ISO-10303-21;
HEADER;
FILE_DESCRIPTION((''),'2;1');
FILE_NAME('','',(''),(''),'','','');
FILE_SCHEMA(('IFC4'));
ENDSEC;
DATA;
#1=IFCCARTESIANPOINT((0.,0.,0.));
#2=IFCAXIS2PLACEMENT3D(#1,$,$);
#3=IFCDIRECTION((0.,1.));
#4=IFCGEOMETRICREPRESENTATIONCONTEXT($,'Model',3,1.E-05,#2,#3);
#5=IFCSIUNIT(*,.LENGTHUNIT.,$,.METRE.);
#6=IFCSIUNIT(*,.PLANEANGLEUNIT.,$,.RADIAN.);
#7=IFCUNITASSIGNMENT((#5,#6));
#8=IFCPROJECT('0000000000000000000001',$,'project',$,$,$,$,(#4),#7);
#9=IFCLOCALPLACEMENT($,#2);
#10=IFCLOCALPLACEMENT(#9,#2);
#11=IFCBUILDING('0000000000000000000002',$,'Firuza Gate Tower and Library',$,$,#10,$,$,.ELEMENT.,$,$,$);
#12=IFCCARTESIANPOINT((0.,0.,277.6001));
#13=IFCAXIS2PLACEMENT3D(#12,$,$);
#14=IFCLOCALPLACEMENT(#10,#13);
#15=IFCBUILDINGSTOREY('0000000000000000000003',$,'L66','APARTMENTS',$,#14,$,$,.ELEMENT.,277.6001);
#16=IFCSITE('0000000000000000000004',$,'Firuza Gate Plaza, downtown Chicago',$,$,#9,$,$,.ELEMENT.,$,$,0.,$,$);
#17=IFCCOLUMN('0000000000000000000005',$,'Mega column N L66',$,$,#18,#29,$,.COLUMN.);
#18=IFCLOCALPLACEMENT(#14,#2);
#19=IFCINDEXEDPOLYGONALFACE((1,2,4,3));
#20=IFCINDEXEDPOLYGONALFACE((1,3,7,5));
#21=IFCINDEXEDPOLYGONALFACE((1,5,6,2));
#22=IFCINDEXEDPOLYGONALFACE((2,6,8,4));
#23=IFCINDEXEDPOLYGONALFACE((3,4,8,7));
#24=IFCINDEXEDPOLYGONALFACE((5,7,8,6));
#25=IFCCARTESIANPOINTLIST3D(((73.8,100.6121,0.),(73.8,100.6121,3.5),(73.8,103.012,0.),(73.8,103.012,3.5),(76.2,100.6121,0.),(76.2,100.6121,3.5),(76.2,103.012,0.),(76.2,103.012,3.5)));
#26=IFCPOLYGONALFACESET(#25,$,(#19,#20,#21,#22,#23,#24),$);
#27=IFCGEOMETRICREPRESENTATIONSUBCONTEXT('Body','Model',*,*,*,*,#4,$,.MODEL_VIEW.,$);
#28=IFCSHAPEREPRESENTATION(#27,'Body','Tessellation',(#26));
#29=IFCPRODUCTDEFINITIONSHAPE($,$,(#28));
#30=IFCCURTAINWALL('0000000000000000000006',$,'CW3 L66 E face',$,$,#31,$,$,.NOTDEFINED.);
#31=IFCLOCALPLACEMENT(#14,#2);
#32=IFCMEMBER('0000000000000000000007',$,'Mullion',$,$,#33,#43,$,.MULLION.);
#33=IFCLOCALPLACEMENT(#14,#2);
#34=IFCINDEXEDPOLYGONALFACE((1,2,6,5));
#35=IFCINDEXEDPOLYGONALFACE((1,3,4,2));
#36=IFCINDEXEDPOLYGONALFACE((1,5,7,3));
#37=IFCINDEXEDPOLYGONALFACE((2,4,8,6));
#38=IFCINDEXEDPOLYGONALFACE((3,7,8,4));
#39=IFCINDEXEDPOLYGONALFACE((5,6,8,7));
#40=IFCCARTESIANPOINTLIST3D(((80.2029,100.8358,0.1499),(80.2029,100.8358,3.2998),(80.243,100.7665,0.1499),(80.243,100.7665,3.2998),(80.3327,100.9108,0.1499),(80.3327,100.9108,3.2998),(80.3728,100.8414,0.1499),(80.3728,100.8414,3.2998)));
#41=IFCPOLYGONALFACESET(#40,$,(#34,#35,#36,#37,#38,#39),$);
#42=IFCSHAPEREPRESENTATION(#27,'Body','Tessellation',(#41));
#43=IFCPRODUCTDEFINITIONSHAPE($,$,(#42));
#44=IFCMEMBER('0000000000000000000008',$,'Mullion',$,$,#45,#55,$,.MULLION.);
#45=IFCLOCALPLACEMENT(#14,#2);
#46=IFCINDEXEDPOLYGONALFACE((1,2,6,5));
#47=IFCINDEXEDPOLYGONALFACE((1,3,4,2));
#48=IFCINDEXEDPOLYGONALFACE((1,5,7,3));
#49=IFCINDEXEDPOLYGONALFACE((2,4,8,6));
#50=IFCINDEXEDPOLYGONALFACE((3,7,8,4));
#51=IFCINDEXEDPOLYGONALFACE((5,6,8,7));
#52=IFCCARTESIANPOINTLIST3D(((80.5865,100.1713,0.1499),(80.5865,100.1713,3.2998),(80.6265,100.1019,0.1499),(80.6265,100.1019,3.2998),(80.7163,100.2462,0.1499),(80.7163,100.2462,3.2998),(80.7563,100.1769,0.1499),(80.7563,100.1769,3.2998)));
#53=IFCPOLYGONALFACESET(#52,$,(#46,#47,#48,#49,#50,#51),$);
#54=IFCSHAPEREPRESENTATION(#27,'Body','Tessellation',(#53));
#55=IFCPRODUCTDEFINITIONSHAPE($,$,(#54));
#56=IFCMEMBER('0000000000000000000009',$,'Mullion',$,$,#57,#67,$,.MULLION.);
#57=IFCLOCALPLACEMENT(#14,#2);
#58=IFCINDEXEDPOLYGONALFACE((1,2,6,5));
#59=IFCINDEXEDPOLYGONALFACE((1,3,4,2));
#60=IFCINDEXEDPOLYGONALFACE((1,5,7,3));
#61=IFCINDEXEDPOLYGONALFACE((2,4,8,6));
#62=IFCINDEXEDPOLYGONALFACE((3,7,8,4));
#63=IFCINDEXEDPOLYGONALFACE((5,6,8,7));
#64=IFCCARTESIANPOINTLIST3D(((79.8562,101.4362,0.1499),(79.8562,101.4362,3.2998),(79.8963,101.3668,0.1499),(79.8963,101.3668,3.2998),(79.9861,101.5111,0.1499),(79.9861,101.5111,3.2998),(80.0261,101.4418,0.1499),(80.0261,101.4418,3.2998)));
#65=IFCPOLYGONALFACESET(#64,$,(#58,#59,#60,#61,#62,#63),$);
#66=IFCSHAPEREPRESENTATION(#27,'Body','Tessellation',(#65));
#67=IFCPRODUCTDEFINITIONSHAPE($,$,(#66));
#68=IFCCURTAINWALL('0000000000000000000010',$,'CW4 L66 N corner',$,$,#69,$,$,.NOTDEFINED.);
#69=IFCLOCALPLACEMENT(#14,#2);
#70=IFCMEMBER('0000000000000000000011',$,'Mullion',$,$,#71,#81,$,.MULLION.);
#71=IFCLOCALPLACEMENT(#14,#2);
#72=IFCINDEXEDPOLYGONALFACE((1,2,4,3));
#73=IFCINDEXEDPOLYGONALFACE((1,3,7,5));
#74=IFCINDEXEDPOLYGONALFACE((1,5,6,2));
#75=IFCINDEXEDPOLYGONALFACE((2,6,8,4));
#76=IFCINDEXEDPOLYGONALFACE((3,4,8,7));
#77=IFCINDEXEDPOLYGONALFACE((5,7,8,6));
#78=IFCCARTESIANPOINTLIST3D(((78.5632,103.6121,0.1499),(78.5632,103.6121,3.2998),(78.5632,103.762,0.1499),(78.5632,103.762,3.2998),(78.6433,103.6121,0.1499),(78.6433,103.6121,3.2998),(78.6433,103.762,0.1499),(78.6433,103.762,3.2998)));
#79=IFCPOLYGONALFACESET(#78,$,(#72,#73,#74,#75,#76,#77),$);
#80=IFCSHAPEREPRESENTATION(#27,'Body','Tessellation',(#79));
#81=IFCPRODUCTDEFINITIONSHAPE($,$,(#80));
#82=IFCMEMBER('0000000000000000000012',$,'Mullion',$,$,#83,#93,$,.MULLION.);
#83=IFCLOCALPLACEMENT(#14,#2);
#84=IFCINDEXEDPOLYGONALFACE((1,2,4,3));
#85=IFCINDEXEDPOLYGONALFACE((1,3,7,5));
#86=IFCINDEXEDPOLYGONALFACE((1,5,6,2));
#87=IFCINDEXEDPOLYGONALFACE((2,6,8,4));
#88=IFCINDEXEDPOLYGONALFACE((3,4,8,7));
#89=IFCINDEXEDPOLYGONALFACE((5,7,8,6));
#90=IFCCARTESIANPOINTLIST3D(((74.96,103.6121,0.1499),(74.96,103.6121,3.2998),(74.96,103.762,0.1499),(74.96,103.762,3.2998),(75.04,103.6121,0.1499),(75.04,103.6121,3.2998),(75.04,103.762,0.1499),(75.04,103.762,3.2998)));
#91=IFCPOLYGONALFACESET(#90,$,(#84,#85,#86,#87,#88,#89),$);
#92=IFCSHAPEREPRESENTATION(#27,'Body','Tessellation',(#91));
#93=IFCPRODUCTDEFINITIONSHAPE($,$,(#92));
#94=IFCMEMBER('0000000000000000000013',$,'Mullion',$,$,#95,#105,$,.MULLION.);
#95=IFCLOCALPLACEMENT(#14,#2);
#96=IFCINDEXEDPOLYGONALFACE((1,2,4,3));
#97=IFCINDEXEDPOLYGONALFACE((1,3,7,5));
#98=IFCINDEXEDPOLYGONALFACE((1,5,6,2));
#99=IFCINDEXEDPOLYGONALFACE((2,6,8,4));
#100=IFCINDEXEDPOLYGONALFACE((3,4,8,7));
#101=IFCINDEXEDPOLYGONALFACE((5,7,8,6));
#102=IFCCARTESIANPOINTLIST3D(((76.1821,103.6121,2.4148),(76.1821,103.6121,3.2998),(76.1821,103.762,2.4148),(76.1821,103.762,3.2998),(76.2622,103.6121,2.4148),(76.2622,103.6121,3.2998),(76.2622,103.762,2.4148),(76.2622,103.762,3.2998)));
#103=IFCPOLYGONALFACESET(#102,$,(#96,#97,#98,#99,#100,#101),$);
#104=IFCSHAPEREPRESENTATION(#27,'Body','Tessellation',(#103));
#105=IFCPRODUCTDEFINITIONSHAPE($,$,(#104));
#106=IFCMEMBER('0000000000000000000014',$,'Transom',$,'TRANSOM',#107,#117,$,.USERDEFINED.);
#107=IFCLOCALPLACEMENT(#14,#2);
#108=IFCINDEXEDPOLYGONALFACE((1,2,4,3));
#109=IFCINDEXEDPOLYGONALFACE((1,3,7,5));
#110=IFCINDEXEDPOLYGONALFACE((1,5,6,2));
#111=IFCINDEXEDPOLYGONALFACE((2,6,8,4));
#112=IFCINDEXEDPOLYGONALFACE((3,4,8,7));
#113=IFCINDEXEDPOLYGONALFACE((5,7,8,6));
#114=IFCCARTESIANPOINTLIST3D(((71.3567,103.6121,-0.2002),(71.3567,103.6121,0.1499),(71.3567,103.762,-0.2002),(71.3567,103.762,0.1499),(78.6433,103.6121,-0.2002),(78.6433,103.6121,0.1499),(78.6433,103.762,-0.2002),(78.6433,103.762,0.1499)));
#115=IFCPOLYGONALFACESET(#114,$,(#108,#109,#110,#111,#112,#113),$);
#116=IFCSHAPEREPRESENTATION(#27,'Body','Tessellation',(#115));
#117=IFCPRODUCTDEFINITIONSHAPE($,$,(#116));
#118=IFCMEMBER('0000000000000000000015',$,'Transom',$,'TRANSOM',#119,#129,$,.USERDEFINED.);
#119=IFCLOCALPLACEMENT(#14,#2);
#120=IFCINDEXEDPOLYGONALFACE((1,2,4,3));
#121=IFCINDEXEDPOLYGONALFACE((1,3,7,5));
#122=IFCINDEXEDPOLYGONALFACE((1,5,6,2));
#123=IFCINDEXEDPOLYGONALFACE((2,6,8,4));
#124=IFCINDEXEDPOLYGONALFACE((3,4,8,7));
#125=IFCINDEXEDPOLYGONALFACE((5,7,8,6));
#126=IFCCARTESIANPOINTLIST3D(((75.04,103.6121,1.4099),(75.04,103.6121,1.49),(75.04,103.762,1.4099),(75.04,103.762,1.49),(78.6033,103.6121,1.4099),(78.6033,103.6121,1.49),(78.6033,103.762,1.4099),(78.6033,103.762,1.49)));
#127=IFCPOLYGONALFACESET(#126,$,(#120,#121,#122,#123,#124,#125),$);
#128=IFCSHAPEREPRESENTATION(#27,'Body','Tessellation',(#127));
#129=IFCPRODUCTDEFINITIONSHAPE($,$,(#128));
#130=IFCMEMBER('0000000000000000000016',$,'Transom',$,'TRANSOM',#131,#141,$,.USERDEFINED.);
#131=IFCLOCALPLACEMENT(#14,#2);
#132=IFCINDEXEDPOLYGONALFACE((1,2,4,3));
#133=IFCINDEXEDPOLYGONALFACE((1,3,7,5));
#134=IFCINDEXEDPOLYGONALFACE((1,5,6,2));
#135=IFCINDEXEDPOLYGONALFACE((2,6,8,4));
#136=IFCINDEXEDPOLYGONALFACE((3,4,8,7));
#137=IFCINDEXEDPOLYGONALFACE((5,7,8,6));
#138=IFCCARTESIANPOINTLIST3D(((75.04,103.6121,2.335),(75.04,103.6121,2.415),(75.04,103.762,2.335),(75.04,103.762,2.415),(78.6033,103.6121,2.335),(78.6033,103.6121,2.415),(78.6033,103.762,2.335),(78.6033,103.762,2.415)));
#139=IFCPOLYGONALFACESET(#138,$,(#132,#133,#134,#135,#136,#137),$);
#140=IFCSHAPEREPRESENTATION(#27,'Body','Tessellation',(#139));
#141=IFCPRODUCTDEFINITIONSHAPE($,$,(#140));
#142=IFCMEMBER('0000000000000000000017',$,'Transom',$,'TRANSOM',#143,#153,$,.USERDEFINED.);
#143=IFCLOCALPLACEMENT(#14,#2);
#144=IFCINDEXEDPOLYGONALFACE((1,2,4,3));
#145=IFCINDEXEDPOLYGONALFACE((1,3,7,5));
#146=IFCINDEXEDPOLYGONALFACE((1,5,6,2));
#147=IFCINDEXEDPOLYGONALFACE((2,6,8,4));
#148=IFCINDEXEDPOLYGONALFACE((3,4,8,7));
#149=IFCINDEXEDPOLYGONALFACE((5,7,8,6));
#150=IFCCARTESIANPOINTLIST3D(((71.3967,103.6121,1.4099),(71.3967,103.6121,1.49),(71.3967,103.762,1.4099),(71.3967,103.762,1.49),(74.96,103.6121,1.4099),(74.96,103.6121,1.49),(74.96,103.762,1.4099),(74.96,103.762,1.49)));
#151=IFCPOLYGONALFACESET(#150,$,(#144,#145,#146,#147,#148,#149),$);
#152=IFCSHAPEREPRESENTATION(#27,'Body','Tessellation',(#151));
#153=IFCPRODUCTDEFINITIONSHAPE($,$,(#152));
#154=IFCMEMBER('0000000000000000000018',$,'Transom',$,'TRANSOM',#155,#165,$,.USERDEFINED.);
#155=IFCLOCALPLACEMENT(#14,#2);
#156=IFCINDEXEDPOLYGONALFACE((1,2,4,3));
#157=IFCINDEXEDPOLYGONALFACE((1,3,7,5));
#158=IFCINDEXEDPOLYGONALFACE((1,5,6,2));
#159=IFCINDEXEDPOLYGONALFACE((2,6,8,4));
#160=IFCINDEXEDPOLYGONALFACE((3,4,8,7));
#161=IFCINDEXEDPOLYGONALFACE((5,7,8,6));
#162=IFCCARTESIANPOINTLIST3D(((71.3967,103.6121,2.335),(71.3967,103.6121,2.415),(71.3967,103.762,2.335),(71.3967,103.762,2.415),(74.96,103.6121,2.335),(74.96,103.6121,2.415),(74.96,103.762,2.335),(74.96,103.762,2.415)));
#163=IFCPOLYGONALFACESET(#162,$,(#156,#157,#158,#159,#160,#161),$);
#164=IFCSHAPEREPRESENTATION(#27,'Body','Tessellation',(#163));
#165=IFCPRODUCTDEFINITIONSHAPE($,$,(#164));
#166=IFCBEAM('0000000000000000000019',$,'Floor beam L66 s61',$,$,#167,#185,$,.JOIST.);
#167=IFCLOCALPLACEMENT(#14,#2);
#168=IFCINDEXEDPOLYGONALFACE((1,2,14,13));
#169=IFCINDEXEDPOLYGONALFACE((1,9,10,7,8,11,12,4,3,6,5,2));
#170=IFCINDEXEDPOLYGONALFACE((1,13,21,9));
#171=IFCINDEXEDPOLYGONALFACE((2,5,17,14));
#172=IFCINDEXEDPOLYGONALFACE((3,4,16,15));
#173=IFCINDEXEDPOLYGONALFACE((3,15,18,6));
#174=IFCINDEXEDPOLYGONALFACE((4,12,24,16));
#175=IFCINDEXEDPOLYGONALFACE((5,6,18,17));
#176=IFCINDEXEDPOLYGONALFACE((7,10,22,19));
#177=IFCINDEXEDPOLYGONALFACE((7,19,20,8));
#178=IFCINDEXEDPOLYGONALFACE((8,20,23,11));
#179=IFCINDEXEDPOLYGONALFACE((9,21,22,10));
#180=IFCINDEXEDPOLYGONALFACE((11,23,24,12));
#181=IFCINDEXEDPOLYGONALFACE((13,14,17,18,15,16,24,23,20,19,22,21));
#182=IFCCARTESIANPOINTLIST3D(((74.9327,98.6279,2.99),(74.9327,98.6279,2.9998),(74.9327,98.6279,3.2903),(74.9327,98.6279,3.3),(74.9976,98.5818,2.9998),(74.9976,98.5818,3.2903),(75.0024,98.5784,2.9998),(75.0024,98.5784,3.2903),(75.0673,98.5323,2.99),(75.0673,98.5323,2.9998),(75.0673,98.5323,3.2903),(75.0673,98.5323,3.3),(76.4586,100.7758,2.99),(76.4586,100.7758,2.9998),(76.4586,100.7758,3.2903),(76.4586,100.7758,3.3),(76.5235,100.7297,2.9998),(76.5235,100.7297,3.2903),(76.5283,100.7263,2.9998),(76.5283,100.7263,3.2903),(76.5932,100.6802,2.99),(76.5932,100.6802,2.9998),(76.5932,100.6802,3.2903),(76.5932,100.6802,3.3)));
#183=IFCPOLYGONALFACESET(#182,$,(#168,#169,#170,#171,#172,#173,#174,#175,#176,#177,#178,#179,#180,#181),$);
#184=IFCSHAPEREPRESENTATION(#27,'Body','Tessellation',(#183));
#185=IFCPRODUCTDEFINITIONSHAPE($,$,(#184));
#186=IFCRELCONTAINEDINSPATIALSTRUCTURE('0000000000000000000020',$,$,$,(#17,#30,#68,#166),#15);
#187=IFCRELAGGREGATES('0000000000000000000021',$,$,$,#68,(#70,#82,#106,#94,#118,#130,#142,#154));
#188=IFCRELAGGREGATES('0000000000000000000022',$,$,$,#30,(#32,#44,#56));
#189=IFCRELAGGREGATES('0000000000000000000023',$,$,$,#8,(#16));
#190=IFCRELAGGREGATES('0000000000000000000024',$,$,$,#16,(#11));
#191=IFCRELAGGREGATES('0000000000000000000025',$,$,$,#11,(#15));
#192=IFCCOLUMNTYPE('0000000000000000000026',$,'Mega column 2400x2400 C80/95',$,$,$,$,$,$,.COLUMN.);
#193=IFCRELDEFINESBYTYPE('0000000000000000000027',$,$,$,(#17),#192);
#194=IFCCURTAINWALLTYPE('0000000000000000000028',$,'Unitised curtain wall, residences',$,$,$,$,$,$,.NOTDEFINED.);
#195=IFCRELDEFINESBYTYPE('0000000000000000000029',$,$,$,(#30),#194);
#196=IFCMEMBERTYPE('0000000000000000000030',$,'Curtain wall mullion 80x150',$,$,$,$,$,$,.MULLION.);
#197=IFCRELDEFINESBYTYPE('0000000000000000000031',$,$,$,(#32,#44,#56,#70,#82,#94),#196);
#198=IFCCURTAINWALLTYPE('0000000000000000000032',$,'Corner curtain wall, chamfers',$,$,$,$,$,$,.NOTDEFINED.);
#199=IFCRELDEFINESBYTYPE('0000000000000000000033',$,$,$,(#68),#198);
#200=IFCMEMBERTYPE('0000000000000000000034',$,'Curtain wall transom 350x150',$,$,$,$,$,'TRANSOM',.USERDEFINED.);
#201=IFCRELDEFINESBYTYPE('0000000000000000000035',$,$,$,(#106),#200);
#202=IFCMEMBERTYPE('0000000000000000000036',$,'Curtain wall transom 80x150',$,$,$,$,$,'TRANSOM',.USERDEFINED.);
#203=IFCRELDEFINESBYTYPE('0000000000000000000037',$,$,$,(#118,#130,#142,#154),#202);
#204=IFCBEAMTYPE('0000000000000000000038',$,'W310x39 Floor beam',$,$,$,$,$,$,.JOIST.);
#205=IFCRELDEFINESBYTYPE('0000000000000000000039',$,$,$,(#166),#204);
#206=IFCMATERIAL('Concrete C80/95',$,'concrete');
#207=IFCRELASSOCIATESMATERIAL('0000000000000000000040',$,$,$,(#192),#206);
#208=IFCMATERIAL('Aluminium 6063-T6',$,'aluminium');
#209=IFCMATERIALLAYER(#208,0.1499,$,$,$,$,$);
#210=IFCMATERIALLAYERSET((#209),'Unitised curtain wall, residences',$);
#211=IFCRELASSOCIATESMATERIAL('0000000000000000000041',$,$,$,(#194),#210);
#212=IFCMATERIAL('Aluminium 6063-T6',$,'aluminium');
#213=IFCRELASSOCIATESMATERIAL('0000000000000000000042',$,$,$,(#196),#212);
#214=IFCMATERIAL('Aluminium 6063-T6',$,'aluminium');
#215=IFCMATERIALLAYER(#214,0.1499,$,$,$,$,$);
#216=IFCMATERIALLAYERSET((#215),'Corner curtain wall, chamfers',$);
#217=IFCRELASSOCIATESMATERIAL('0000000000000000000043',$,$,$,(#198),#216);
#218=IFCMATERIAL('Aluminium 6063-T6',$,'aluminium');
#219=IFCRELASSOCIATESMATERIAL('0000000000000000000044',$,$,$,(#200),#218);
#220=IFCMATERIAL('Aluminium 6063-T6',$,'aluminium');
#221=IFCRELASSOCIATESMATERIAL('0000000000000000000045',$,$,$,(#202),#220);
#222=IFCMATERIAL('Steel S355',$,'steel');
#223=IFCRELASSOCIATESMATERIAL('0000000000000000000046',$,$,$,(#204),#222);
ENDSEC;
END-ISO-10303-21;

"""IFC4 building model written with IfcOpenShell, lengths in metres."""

from ifc_helpers import new_model, si_unit, direction, frame, origin, origin_2d, place, context, subcontext, project, spatial, rectangle, i_section, extrude, material, layer, layer_set, material_profile, profile_set, type_object, element, aggregate, save


model = new_model("IFC4")

# Units and contexts
model_context = context("Model", 3, precision=1e-05, world=origin(), true_north=direction((0.0, 1.0)))
body_context = subcontext(model_context, "Body", "Model", "MODEL_VIEW")
ifc_project = project(units=[si_unit("LENGTHUNIT", "METRE"), si_unit("PLANEANGLEUNIT", "RADIAN")], contexts=[model_context])

# Site, building, storey
site_placement = place(None, origin())
site = spatial("IfcSite", under=ifc_project, at=site_placement, Name="Firuza Gate Plaza, downtown Chicago", CompositionType="ELEMENT", RefElevation=0.0)
building_placement = place(site_placement, origin())
building = spatial("IfcBuilding", under=site, at=building_placement, Name="Firuza Gate Tower and Library", CompositionType="ELEMENT")
storey_placement = place(building_placement, frame((0.0, 0.0, 277.6001)))
storey = spatial("IfcBuildingStorey", under=building, at=storey_placement, Name="L66", Description="APARTMENTS", CompositionType="ELEMENT", Elevation=277.6001)

# Column
ifc_material_1 = material(Name="Concrete C80/95", Category="concrete")
ifc_material_profile_1 = material_profile(ifc_material_1, rectangle(XDim=2.3999, YDim=2.3999, at=origin_2d()))
ifc_profile_set_1 = profile_set([ifc_material_profile_1], Name="Concrete C80/95")
column_type = type_object("IfcColumnType", Name="Mega column 2400x2400 C80/95", PredefinedType="COLUMN", material=ifc_profile_set_1)
column_placement = place(storey_placement, frame((75.0, 101.812, 0.0), z_axis=(0.0, 0.0, 1.0), x_axis=(-1.0, 0.0, 0.0)))
element("IfcColumn", 1, at=column_placement, inside=storey, type_object=column_type, Name="Mega column N L66", PredefinedType="COLUMN", context=body_context, shape_type="SweptSolid", body=[
    extrude(rectangle(XDim=2.3999, YDim=2.3999, at=origin_2d()), origin(), (0.0, 0.0, 1.0), 3.5),
])

# Curtain walls, members
ifc_material_2 = material(Name="Aluminium 6063-T6", Category="aluminium")
ifc_layer_1 = layer(ifc_material_2, 0.1499)
ifc_layer_set_1 = layer_set([ifc_layer_1], Name="Unitised curtain wall, residences")
curtain_wall_type_1 = type_object("IfcCurtainWallType", Name="Unitised curtain wall, residences", PredefinedType="NOTDEFINED", material=ifc_layer_set_1)
placement = place(storey_placement, origin())
curtain_wall_1 = element("IfcCurtainWall", 2, at=placement, inside=storey, type_object=curtain_wall_type_1, Name="CW3 L66 E face", PredefinedType="NOTDEFINED")
ifc_material_3 = material(Name="Aluminium 6063-T6", Category="aluminium")
ifc_material_profile_2 = material_profile(ifc_material_3, rectangle(XDim=0.1499, YDim=0.0801, at=origin_2d()))
ifc_profile_set_2 = profile_set([ifc_material_profile_2], Name="Aluminium 6063-T6")
member_type_1 = type_object("IfcMemberType", Name="Curtain wall mullion 80x150", PredefinedType="MULLION", material=ifc_profile_set_2)
member_1_placement = place(storey_placement, frame((80.2878, 100.8386, 0.1499), z_axis=(0.0, 0.0, 1.0), x_axis=(-0.866025, -0.5, 0.0)))
member_1 = element("IfcMember", 3, at=member_1_placement, type_object=member_type_1, Name="Mullion", PredefinedType="MULLION", context=body_context, shape_type="SweptSolid", body=[
    extrude(rectangle(XDim=0.1499, YDim=0.0801, at=origin_2d()), origin(), (0.0, 0.0, 1.0), 3.1499),
])
member_2_placement = place(storey_placement, frame((80.6714, 100.1741, 0.1499), z_axis=(0.0, 0.0, 1.0), x_axis=(-0.866025, -0.5, 0.0)))
member_2 = element("IfcMember", 4, at=member_2_placement, type_object=member_type_1, Name="Mullion", PredefinedType="MULLION", context=body_context, shape_type="SweptSolid", body=[
    extrude(rectangle(XDim=0.1499, YDim=0.0801, at=origin_2d()), origin(), (0.0, 0.0, 1.0), 3.1499),
])
member_3_placement = place(storey_placement, frame((79.9412, 101.439, 0.1499), z_axis=(0.0, 0.0, 1.0), x_axis=(-0.866025, -0.5, 0.0)))
member_3 = element("IfcMember", 5, at=member_3_placement, type_object=member_type_1, Name="Mullion", PredefinedType="MULLION", context=body_context, shape_type="SweptSolid", body=[
    extrude(rectangle(XDim=0.1499, YDim=0.0801, at=origin_2d()), origin(), (0.0, 0.0, 1.0), 3.1499),
])
ifc_material_4 = material(Name="Aluminium 6063-T6", Category="aluminium")
ifc_layer_2 = layer(ifc_material_4, 0.1499)
ifc_layer_set_2 = layer_set([ifc_layer_2], Name="Corner curtain wall, chamfers")
curtain_wall_type_2 = type_object("IfcCurtainWallType", Name="Corner curtain wall, chamfers", PredefinedType="NOTDEFINED", material=ifc_layer_set_2)
curtain_wall_2 = element("IfcCurtainWall", 6, at=placement, inside=storey, type_object=curtain_wall_type_2, Name="CW4 L66 N corner", PredefinedType="NOTDEFINED")
member_4_placement = place(storey_placement, frame((78.6033, 103.687, 0.1499), z_axis=(0.0, 0.0, 1.0), x_axis=(0.0, -1.0, 0.0)))
member_4 = element("IfcMember", 7, at=member_4_placement, type_object=member_type_1, Name="Mullion", PredefinedType="MULLION", context=body_context, shape_type="SweptSolid", body=[
    extrude(rectangle(XDim=0.1499, YDim=0.0801, at=origin_2d()), origin(), (0.0, 0.0, 1.0), 3.1499),
])
member_5_placement = place(storey_placement, frame((75.0, 103.687, 0.1499), z_axis=(0.0, 0.0, 1.0), x_axis=(0.0, -1.0, 0.0)))
member_5 = element("IfcMember", 8, at=member_5_placement, type_object=member_type_1, Name="Mullion", PredefinedType="MULLION", context=body_context, shape_type="SweptSolid", body=[
    extrude(rectangle(XDim=0.1499, YDim=0.0801, at=origin_2d()), origin(), (0.0, 0.0, 1.0), 3.1499),
])
member_6_placement = place(storey_placement, frame((76.2222, 103.687, 2.4148), z_axis=(0.0, 0.0, 1.0), x_axis=(0.0, -1.0, 0.0)))
member_6 = element("IfcMember", 9, at=member_6_placement, type_object=member_type_1, Name="Mullion", PredefinedType="MULLION", context=body_context, shape_type="SweptSolid", body=[
    extrude(rectangle(XDim=0.1499, YDim=0.0801, at=origin_2d()), origin(), (0.0, 0.0, 1.0), 0.885),
])
ifc_material_5 = material(Name="Aluminium 6063-T6", Category="aluminium")
ifc_material_profile_3 = material_profile(ifc_material_5, rectangle(XDim=0.1499, YDim=0.3501, at=origin_2d()))
ifc_profile_set_3 = profile_set([ifc_material_profile_3], Name="Aluminium 6063-T6")
member_type_2 = type_object("IfcMemberType", Name="Curtain wall transom 350x150", ElementType="TRANSOM", PredefinedType="USERDEFINED", material=ifc_profile_set_3)
member_7_placement = place(storey_placement, frame((78.6433, 103.687, -0.0251), z_axis=(-1.0, 0.0, 0.0), x_axis=(0.0, -1.0, 0.0)))
member_7 = element("IfcMember", 10, at=member_7_placement, type_object=member_type_2, Name="Transom", ObjectType="TRANSOM", PredefinedType="USERDEFINED", context=body_context, shape_type="SweptSolid", body=[
    extrude(rectangle(XDim=0.1499, YDim=0.3501, at=origin_2d()), origin(), (0.0, 0.0, 1.0), 7.2866),
])
ifc_material_6 = material(Name="Aluminium 6063-T6", Category="aluminium")
ifc_material_profile_4 = material_profile(ifc_material_6, rectangle(XDim=0.1499, YDim=0.0801, at=origin_2d()))
ifc_profile_set_4 = profile_set([ifc_material_profile_4], Name="Aluminium 6063-T6")
member_type_3 = type_object("IfcMemberType", Name="Curtain wall transom 80x150", ElementType="TRANSOM", PredefinedType="USERDEFINED", material=ifc_profile_set_4)
member_8_placement = place(storey_placement, frame((78.6033, 103.687, 1.45), z_axis=(-1.0, 0.0, 0.0), x_axis=(0.0, -1.0, 0.0)))
member_8 = element("IfcMember", 11, at=member_8_placement, type_object=member_type_3, Name="Transom", ObjectType="TRANSOM", PredefinedType="USERDEFINED", context=body_context, shape_type="SweptSolid", body=[
    extrude(rectangle(XDim=0.1499, YDim=0.0801, at=origin_2d()), origin(), (0.0, 0.0, 1.0), 3.5632),
])
member_9_placement = place(storey_placement, frame((78.6033, 103.687, 2.375), z_axis=(-1.0, 0.0, 0.0), x_axis=(0.0, -1.0, 0.0)))
member_9 = element("IfcMember", 12, at=member_9_placement, type_object=member_type_3, Name="Transom", ObjectType="TRANSOM", PredefinedType="USERDEFINED", context=body_context, shape_type="SweptSolid", body=[
    extrude(rectangle(XDim=0.1499, YDim=0.0801, at=origin_2d()), origin(), (0.0, 0.0, 1.0), 3.5632),
])
member_10_placement = place(storey_placement, frame((74.96, 103.687, 1.45), z_axis=(-1.0, 0.0, 0.0), x_axis=(0.0, -1.0, 0.0)))
member_10 = element("IfcMember", 13, at=member_10_placement, type_object=member_type_3, Name="Transom", ObjectType="TRANSOM", PredefinedType="USERDEFINED", context=body_context, shape_type="SweptSolid", body=[
    extrude(rectangle(XDim=0.1499, YDim=0.0801, at=origin_2d()), origin(), (0.0, 0.0, 1.0), 3.5632),
])
member_11_placement = place(storey_placement, frame((74.96, 103.687, 2.375), z_axis=(-1.0, 0.0, 0.0), x_axis=(0.0, -1.0, 0.0)))
member_11 = element("IfcMember", 14, at=member_11_placement, type_object=member_type_3, Name="Transom", ObjectType="TRANSOM", PredefinedType="USERDEFINED", context=body_context, shape_type="SweptSolid", body=[
    extrude(rectangle(XDim=0.1499, YDim=0.0801, at=origin_2d()), origin(), (0.0, 0.0, 1.0), 3.5632),
])

# Beam
ifc_material_7 = material(Name="Steel S355", Category="steel")
ifc_material_profile_5 = material_profile(ifc_material_7, i_section(OverallWidth=0.165, OverallDepth=0.3101, WebThickness=0.0059, FlangeThickness=0.0098, at=origin_2d()))
ifc_profile_set_5 = profile_set([ifc_material_profile_5], Name="Steel S355")
beam_type_1 = type_object("IfcBeamType", Name="W310x39 Floor beam", PredefinedType="JOIST", material=ifc_profile_set_5)
beam_1_placement = place(storey_placement, frame((76.5259, 100.728, 3.145), z_axis=(-0.579133, -0.815233, 0.0), x_axis=(0.815233, -0.579133, 0.0)))
element("IfcBeam", 15, at=beam_1_placement, inside=storey, type_object=beam_type_1, Name="Floor beam L66 s61", PredefinedType="JOIST", context=body_context, shape_type="SweptSolid", body=[
    extrude(i_section(OverallWidth=0.165, OverallDepth=0.3101, WebThickness=0.0059, FlangeThickness=0.0098, at=origin_2d()), origin(), (0.0, 0.0, 1.0), 2.6348),
])

aggregate(curtain_wall_2, [member_4, member_5, member_7, member_6, member_8, member_9, member_10, member_11])
aggregate(curtain_wall_1, [member_1, member_2, member_3])

save(model, "model.ifc")
